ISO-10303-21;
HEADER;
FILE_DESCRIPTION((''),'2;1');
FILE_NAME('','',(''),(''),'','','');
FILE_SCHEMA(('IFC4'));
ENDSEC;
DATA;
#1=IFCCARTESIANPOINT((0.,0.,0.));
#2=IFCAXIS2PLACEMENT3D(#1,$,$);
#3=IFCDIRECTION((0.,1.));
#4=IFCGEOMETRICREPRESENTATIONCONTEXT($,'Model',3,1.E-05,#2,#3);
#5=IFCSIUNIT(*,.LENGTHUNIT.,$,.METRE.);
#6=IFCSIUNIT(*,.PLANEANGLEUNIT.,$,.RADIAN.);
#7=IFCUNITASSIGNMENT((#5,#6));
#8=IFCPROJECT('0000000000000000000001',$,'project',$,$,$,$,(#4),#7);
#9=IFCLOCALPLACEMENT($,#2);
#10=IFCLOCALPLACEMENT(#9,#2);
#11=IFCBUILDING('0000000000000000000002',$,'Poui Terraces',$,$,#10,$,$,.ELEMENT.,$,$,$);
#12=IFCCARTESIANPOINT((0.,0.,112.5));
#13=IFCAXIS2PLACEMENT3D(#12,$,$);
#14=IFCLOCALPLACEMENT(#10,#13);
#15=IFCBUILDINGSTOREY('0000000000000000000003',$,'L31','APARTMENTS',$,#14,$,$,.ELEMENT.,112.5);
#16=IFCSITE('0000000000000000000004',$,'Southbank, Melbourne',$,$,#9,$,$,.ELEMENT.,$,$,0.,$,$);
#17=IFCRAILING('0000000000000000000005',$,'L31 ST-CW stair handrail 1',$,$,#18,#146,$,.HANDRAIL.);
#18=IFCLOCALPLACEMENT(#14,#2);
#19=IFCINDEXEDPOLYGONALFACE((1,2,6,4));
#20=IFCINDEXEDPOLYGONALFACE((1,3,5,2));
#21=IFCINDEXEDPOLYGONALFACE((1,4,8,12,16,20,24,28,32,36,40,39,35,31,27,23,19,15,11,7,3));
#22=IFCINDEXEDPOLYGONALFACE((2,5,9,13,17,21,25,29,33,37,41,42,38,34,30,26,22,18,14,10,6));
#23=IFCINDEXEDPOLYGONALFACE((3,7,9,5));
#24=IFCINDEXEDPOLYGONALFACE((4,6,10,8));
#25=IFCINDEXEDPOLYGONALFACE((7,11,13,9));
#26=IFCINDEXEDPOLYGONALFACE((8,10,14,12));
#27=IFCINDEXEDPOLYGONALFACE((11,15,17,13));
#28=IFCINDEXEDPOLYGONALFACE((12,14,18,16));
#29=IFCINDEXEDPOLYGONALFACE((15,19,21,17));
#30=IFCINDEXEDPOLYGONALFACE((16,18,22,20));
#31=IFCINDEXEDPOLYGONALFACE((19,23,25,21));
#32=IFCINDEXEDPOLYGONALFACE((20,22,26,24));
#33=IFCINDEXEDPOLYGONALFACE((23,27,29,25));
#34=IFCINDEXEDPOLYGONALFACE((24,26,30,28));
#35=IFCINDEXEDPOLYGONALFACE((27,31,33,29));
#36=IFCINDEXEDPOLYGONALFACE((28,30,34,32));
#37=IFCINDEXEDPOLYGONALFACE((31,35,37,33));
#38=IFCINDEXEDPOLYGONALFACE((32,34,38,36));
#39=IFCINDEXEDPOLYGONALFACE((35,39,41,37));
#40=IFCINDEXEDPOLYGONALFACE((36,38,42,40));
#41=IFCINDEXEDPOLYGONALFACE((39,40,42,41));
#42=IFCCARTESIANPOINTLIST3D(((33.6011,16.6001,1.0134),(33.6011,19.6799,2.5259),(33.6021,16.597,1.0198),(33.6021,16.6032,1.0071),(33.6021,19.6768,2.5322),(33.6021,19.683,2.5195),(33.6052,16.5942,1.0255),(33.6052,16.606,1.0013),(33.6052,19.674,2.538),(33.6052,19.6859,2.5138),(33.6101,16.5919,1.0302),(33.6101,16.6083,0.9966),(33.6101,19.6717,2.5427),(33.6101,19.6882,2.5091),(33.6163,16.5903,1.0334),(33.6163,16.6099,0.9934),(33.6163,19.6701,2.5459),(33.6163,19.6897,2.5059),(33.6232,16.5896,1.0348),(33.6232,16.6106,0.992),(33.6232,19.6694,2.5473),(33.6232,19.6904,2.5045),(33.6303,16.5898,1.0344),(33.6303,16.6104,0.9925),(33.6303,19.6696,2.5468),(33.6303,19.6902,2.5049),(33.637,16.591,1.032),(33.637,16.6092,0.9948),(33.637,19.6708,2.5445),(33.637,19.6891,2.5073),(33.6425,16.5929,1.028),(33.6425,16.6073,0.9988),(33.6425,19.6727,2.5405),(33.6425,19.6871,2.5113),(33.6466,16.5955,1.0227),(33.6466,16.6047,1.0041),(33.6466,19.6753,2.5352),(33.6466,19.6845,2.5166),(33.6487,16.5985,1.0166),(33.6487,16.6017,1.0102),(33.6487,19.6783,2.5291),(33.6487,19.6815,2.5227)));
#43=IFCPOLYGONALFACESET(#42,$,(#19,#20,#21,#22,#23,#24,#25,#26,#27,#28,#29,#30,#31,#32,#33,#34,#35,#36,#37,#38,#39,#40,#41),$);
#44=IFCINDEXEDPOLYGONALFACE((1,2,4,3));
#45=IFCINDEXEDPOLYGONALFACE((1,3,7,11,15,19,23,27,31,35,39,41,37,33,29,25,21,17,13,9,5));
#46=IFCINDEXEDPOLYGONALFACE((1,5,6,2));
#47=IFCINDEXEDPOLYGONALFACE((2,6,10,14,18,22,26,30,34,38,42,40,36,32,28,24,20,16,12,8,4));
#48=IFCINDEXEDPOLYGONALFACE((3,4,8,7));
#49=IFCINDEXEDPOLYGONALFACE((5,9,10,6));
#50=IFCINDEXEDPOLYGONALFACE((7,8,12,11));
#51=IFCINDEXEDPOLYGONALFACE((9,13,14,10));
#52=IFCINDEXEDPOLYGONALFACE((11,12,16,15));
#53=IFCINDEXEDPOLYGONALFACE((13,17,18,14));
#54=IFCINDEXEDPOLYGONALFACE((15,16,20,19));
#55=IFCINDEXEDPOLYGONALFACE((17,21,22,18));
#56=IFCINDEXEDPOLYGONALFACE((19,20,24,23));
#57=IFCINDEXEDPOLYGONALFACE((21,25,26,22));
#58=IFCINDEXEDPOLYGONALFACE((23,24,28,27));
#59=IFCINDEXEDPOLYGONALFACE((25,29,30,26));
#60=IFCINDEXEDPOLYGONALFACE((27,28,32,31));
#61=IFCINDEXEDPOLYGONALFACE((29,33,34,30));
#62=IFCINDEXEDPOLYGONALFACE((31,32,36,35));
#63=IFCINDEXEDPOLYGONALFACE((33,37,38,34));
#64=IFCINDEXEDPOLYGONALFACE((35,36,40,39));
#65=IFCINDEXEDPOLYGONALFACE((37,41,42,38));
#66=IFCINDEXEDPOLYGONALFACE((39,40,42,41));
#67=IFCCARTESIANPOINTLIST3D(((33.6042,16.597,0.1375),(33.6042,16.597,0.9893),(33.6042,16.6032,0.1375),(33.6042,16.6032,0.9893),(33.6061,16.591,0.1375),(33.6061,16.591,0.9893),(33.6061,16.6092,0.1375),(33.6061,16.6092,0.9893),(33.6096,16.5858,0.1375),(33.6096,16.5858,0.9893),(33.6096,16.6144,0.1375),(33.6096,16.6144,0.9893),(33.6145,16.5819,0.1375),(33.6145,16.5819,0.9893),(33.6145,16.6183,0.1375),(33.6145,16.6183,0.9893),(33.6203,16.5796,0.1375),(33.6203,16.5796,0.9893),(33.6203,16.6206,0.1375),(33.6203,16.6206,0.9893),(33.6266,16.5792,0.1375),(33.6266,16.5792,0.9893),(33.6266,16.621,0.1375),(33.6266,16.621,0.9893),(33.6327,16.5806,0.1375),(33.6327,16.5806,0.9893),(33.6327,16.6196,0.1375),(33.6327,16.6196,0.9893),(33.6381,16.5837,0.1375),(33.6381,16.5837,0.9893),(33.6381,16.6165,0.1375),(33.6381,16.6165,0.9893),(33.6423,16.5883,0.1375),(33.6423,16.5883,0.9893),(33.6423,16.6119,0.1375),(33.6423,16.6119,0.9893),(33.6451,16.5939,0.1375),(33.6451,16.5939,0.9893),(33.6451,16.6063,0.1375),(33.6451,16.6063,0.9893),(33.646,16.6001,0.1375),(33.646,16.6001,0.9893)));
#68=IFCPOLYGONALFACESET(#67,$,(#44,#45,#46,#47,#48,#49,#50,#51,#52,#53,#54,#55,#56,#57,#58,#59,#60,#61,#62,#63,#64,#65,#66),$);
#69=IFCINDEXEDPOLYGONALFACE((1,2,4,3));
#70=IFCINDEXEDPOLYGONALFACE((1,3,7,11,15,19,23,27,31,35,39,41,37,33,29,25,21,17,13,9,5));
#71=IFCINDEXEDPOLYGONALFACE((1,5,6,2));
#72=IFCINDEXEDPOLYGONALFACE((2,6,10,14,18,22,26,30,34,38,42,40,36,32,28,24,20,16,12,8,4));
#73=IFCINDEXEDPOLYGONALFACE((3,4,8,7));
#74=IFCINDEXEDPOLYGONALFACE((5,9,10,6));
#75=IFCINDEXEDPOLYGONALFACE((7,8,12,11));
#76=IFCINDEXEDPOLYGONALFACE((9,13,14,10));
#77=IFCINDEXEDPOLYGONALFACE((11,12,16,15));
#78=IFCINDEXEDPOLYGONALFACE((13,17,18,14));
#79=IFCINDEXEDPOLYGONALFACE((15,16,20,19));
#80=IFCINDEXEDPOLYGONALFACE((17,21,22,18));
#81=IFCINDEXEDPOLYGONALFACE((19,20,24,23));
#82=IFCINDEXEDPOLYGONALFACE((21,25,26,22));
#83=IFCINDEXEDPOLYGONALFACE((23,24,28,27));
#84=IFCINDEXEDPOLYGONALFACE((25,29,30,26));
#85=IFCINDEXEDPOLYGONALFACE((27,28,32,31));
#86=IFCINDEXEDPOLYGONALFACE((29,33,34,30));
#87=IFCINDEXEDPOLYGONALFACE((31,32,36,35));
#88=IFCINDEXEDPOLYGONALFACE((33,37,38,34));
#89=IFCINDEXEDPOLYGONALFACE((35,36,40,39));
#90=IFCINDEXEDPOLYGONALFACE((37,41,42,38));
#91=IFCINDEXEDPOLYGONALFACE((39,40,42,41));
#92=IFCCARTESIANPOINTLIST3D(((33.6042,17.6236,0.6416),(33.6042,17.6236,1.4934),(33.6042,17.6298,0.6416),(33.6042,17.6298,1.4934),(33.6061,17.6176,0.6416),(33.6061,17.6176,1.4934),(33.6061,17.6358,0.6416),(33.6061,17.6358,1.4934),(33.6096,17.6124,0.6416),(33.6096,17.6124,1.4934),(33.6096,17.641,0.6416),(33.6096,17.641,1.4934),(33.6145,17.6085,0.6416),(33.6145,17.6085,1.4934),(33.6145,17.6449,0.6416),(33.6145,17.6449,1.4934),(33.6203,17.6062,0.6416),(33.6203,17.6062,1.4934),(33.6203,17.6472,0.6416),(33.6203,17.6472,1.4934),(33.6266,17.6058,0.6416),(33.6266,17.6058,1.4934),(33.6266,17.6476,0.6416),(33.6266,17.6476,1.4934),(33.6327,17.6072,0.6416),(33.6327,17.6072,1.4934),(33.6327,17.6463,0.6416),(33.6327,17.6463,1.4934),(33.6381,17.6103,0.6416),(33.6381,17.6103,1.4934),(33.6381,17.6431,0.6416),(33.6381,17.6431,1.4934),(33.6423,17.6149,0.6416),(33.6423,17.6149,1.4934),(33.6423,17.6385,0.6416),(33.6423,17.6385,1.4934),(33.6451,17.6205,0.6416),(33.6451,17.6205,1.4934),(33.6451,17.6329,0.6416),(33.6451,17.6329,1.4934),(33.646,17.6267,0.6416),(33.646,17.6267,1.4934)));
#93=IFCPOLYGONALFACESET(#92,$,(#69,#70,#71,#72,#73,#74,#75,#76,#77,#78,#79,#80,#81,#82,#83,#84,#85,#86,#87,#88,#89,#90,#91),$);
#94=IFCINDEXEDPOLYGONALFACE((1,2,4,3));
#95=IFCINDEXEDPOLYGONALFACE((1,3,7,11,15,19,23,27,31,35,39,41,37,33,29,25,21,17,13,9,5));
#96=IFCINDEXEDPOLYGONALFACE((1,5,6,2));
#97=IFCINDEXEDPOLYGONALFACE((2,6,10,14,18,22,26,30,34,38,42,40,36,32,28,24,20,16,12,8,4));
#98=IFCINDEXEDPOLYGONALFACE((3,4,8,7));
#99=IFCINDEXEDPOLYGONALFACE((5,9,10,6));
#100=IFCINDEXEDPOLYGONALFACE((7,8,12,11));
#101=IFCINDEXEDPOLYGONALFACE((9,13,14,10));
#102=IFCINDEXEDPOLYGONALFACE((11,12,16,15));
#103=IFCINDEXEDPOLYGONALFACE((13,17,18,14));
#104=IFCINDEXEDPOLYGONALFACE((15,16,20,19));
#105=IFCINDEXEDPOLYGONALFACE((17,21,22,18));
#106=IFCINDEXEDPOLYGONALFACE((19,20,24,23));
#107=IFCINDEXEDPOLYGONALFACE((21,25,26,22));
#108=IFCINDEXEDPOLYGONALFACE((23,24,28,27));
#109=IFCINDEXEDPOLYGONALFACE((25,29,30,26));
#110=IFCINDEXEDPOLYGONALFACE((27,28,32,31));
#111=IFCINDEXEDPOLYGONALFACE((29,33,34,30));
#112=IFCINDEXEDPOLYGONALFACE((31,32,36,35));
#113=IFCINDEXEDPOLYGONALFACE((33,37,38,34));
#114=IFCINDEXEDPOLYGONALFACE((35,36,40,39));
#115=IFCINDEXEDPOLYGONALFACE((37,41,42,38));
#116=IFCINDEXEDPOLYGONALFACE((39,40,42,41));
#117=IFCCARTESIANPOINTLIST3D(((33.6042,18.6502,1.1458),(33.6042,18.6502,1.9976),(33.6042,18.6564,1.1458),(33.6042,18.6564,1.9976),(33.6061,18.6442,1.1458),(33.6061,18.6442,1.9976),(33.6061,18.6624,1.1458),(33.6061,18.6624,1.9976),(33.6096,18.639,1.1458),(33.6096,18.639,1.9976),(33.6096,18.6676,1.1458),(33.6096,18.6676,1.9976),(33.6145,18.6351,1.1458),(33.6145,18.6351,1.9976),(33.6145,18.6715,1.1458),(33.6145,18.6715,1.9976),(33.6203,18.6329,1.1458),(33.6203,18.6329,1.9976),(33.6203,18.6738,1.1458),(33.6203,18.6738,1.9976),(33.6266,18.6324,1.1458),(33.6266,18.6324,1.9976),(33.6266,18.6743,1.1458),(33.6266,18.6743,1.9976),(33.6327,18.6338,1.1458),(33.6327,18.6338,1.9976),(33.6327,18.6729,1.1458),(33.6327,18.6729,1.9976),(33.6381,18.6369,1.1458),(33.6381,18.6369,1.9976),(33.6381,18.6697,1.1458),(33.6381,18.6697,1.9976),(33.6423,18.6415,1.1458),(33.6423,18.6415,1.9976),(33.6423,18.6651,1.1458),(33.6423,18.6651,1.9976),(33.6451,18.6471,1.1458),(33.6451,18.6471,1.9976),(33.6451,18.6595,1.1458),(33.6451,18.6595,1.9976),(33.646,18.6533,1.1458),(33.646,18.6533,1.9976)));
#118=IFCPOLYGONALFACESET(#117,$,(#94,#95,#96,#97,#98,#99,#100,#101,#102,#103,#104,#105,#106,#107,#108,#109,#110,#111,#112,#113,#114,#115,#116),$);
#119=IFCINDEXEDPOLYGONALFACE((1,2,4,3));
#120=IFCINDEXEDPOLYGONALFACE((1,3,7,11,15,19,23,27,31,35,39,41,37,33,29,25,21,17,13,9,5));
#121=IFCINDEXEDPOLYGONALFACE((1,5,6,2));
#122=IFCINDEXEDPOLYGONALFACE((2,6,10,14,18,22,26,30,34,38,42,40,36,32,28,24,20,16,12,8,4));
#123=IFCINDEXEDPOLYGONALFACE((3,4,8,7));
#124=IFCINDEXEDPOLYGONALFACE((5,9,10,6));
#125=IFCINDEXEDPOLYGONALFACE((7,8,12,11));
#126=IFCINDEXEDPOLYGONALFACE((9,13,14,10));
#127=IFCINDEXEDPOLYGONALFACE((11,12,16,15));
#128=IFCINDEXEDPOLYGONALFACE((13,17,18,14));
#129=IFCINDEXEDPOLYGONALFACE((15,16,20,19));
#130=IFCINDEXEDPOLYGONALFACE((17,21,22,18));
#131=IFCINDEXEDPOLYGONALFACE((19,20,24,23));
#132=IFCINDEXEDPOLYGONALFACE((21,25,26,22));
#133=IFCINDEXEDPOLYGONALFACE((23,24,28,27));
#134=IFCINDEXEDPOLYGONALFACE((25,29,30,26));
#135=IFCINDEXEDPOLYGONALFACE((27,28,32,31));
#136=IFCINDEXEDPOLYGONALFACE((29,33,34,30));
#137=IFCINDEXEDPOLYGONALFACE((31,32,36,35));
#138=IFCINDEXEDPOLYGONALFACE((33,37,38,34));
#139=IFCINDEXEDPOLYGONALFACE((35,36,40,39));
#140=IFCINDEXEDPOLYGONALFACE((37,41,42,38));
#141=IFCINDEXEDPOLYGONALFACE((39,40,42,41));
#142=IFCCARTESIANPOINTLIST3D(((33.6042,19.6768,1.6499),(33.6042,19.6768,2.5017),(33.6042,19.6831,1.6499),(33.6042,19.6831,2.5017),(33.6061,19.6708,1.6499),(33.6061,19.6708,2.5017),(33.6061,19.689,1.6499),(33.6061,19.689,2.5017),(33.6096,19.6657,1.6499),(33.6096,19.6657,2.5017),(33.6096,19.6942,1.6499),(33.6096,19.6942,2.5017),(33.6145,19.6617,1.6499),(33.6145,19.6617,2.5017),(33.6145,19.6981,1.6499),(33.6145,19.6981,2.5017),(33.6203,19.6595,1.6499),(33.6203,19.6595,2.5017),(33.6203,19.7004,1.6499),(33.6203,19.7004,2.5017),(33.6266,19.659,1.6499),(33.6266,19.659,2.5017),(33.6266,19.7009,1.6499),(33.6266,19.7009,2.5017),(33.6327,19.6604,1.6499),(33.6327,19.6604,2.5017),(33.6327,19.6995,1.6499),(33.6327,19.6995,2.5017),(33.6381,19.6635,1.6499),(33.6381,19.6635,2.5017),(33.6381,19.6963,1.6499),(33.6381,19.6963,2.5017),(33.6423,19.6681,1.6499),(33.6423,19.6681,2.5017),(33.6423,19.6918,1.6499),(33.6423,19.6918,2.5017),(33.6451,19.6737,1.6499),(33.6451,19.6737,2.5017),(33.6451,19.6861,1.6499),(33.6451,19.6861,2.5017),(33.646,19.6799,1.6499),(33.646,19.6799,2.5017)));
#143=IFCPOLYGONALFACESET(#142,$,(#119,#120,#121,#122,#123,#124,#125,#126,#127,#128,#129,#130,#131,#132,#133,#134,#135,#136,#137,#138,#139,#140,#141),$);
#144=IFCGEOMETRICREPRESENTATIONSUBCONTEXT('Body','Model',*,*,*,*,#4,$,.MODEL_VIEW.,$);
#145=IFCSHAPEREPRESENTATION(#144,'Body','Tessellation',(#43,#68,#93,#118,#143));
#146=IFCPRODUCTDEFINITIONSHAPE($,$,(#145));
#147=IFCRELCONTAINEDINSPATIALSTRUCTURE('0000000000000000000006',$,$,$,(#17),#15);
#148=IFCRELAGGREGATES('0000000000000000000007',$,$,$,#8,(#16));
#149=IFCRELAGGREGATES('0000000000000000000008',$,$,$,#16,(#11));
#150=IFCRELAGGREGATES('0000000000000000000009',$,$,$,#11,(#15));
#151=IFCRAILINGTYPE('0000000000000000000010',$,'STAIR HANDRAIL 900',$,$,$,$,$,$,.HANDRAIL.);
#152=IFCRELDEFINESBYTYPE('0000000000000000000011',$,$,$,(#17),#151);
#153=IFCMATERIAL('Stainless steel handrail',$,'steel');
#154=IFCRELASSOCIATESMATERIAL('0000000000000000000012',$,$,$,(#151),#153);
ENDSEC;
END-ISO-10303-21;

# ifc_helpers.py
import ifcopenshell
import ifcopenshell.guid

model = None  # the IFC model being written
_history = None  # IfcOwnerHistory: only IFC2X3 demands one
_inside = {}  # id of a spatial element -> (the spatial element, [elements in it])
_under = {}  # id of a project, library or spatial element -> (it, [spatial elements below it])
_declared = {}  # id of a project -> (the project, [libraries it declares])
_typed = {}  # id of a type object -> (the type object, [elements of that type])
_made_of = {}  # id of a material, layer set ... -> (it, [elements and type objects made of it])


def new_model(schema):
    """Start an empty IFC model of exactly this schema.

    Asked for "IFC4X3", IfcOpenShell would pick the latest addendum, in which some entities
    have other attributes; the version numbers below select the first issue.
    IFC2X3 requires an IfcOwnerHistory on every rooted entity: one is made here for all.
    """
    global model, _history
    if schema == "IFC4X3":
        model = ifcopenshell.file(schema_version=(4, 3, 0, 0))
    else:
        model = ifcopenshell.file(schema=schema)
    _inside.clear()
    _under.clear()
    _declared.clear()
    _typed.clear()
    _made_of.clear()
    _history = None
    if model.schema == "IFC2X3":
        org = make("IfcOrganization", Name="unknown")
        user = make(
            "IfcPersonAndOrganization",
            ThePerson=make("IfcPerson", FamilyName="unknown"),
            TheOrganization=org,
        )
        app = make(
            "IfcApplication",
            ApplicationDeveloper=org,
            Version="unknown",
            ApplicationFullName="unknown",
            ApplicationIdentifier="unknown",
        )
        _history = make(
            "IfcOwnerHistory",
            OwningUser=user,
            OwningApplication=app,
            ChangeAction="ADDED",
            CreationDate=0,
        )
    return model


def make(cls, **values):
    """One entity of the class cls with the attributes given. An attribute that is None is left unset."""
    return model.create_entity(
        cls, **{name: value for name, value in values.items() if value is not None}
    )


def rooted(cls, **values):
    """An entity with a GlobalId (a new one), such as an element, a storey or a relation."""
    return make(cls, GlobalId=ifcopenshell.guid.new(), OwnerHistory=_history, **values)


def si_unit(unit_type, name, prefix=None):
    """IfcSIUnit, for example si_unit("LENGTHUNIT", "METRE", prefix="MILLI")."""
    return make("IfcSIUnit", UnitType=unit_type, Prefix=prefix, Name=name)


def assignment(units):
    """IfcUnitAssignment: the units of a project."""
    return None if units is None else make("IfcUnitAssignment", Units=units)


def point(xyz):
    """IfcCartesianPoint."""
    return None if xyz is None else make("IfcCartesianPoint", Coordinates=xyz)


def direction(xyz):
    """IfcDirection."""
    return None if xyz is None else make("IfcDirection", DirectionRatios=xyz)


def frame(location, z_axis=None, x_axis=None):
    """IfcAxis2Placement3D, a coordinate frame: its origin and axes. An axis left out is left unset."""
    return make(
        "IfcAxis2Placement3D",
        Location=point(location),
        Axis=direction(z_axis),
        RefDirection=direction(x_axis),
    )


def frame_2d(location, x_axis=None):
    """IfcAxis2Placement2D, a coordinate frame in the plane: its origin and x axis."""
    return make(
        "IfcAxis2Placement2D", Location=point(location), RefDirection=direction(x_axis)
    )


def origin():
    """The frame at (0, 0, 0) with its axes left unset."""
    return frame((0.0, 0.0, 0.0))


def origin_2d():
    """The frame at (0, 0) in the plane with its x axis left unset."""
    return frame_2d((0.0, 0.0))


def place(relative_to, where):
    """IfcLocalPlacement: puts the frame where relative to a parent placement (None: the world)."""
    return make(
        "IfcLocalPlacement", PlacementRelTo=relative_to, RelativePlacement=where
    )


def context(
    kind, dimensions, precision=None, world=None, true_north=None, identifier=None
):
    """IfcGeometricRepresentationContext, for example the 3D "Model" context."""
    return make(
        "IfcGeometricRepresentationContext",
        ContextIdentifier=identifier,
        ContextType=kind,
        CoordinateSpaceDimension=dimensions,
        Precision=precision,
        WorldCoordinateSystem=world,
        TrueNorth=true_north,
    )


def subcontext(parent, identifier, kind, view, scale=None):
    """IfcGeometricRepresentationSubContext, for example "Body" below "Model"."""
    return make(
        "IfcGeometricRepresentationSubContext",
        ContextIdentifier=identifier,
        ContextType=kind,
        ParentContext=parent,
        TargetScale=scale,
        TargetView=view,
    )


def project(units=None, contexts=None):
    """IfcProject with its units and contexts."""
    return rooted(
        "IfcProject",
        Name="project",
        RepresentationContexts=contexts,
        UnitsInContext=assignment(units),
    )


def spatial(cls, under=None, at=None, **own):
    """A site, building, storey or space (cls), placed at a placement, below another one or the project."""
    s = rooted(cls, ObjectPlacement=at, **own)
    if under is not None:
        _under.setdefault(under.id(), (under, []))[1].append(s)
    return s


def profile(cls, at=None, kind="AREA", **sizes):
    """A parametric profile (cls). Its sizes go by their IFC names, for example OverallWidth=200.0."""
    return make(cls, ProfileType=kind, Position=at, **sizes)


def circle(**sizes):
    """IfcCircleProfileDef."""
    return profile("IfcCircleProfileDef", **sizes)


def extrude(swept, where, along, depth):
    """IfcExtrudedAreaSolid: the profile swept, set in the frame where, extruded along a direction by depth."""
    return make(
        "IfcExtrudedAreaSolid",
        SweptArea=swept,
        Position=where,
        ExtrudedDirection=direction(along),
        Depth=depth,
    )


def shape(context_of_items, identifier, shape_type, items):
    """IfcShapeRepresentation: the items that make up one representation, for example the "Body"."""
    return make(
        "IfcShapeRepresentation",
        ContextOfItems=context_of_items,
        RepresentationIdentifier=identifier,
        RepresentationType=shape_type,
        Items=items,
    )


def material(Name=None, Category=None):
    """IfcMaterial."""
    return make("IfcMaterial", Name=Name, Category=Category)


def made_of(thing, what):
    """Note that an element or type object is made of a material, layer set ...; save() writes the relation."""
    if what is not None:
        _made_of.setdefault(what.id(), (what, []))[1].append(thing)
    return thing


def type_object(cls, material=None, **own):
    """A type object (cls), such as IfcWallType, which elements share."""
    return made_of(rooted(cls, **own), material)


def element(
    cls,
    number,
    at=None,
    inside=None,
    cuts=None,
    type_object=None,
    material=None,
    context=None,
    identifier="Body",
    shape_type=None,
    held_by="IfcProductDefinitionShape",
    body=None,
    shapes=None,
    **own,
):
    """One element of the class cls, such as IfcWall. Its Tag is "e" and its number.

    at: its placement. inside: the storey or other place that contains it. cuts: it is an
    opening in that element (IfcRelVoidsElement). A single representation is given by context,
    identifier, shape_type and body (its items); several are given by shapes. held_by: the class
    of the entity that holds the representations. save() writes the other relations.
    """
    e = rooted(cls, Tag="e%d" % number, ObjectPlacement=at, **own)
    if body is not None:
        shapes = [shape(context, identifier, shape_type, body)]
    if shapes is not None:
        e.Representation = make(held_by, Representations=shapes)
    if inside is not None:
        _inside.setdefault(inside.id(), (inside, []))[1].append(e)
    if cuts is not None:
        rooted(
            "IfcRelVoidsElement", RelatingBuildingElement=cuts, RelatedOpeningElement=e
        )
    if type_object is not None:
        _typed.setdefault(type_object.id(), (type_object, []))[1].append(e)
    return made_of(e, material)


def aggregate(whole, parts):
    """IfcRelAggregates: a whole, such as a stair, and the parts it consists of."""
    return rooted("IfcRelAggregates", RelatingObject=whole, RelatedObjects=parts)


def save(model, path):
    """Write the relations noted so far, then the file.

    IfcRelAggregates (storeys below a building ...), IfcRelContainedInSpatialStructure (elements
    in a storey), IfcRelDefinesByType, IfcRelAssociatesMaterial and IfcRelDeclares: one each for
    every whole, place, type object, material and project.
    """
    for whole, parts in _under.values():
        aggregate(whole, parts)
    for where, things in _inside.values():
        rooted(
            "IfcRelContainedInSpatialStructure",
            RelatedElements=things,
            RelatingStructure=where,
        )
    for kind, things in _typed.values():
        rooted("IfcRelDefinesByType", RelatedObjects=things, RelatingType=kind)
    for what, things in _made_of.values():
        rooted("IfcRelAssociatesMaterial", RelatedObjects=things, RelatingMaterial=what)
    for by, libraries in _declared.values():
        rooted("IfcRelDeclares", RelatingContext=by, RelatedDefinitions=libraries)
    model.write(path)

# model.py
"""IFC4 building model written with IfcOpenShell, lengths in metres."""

from ifc_helpers import new_model, si_unit, direction, frame, origin, origin_2d, place, context, subcontext, project, spatial, circle, extrude, material, type_object, element, save


model = new_model("IFC4")

# Units and contexts
model_context = context("Model", 3, precision=1e-05, world=origin(), true_north=direction((0.0, 1.0)))
body_context = subcontext(model_context, "Body", "Model", "MODEL_VIEW")
ifc_project = project(units=[si_unit("LENGTHUNIT", "METRE"), si_unit("PLANEANGLEUNIT", "RADIAN")], contexts=[model_context])

# Site, building, storey
site_placement = place(None, origin())
site = spatial("IfcSite", under=ifc_project, at=site_placement, Name="Southbank, Melbourne", CompositionType="ELEMENT", RefElevation=0.0)
building_placement = place(site_placement, origin())
building = spatial("IfcBuilding", under=site, at=building_placement, Name="Poui Terraces", CompositionType="ELEMENT")
storey_placement = place(building_placement, frame((0.0, 0.0, 112.5)))
storey = spatial("IfcBuildingStorey", under=building, at=storey_placement, Name="L31", Description="APARTMENTS", CompositionType="ELEMENT", Elevation=112.5)

# Railing
ifc_material_1 = material(Name="Stainless steel handrail", Category="steel")
railing_type_1 = type_object("IfcRailingType", Name="STAIR HANDRAIL 900", PredefinedType="HANDRAIL", material=ifc_material_1)
railing_1_placement = place(storey_placement, frame((33.625, 16.6001, 0.1375)))
element("IfcRailing", 1, at=railing_1_placement, inside=storey, type_object=railing_type_1, Name="L31 ST-CW stair handrail 1", PredefinedType="HANDRAIL", context=body_context, shape_type="SweptSolid", body=[
    extrude(circle(Radius=0.0239, at=origin_2d()), frame((0.0, 0.0, 0.876), z_axis=(0.0, 0.897606, 0.440798), x_axis=(-1.0, 0.0, 0.0)), (0.0, 0.0, 1.0), 3.4312),
    extrude(circle(Radius=0.021, at=origin_2d()), origin(), (0.0, 0.0, 1.0), 0.8518),
    extrude(circle(Radius=0.021, at=origin_2d()), frame((0.0, 1.0266, 0.5042)), (0.0, 0.0, 1.0), 0.8518),
    extrude(circle(Radius=0.021, at=origin_2d()), frame((0.0, 2.0532, 1.0083)), (0.0, 0.0, 1.0), 0.8518),
    extrude(circle(Radius=0.021, at=origin_2d()), frame((0.0, 3.0798, 1.5125)), (0.0, 0.0, 1.0), 0.8518),
])

save(model, "model.ifc")
